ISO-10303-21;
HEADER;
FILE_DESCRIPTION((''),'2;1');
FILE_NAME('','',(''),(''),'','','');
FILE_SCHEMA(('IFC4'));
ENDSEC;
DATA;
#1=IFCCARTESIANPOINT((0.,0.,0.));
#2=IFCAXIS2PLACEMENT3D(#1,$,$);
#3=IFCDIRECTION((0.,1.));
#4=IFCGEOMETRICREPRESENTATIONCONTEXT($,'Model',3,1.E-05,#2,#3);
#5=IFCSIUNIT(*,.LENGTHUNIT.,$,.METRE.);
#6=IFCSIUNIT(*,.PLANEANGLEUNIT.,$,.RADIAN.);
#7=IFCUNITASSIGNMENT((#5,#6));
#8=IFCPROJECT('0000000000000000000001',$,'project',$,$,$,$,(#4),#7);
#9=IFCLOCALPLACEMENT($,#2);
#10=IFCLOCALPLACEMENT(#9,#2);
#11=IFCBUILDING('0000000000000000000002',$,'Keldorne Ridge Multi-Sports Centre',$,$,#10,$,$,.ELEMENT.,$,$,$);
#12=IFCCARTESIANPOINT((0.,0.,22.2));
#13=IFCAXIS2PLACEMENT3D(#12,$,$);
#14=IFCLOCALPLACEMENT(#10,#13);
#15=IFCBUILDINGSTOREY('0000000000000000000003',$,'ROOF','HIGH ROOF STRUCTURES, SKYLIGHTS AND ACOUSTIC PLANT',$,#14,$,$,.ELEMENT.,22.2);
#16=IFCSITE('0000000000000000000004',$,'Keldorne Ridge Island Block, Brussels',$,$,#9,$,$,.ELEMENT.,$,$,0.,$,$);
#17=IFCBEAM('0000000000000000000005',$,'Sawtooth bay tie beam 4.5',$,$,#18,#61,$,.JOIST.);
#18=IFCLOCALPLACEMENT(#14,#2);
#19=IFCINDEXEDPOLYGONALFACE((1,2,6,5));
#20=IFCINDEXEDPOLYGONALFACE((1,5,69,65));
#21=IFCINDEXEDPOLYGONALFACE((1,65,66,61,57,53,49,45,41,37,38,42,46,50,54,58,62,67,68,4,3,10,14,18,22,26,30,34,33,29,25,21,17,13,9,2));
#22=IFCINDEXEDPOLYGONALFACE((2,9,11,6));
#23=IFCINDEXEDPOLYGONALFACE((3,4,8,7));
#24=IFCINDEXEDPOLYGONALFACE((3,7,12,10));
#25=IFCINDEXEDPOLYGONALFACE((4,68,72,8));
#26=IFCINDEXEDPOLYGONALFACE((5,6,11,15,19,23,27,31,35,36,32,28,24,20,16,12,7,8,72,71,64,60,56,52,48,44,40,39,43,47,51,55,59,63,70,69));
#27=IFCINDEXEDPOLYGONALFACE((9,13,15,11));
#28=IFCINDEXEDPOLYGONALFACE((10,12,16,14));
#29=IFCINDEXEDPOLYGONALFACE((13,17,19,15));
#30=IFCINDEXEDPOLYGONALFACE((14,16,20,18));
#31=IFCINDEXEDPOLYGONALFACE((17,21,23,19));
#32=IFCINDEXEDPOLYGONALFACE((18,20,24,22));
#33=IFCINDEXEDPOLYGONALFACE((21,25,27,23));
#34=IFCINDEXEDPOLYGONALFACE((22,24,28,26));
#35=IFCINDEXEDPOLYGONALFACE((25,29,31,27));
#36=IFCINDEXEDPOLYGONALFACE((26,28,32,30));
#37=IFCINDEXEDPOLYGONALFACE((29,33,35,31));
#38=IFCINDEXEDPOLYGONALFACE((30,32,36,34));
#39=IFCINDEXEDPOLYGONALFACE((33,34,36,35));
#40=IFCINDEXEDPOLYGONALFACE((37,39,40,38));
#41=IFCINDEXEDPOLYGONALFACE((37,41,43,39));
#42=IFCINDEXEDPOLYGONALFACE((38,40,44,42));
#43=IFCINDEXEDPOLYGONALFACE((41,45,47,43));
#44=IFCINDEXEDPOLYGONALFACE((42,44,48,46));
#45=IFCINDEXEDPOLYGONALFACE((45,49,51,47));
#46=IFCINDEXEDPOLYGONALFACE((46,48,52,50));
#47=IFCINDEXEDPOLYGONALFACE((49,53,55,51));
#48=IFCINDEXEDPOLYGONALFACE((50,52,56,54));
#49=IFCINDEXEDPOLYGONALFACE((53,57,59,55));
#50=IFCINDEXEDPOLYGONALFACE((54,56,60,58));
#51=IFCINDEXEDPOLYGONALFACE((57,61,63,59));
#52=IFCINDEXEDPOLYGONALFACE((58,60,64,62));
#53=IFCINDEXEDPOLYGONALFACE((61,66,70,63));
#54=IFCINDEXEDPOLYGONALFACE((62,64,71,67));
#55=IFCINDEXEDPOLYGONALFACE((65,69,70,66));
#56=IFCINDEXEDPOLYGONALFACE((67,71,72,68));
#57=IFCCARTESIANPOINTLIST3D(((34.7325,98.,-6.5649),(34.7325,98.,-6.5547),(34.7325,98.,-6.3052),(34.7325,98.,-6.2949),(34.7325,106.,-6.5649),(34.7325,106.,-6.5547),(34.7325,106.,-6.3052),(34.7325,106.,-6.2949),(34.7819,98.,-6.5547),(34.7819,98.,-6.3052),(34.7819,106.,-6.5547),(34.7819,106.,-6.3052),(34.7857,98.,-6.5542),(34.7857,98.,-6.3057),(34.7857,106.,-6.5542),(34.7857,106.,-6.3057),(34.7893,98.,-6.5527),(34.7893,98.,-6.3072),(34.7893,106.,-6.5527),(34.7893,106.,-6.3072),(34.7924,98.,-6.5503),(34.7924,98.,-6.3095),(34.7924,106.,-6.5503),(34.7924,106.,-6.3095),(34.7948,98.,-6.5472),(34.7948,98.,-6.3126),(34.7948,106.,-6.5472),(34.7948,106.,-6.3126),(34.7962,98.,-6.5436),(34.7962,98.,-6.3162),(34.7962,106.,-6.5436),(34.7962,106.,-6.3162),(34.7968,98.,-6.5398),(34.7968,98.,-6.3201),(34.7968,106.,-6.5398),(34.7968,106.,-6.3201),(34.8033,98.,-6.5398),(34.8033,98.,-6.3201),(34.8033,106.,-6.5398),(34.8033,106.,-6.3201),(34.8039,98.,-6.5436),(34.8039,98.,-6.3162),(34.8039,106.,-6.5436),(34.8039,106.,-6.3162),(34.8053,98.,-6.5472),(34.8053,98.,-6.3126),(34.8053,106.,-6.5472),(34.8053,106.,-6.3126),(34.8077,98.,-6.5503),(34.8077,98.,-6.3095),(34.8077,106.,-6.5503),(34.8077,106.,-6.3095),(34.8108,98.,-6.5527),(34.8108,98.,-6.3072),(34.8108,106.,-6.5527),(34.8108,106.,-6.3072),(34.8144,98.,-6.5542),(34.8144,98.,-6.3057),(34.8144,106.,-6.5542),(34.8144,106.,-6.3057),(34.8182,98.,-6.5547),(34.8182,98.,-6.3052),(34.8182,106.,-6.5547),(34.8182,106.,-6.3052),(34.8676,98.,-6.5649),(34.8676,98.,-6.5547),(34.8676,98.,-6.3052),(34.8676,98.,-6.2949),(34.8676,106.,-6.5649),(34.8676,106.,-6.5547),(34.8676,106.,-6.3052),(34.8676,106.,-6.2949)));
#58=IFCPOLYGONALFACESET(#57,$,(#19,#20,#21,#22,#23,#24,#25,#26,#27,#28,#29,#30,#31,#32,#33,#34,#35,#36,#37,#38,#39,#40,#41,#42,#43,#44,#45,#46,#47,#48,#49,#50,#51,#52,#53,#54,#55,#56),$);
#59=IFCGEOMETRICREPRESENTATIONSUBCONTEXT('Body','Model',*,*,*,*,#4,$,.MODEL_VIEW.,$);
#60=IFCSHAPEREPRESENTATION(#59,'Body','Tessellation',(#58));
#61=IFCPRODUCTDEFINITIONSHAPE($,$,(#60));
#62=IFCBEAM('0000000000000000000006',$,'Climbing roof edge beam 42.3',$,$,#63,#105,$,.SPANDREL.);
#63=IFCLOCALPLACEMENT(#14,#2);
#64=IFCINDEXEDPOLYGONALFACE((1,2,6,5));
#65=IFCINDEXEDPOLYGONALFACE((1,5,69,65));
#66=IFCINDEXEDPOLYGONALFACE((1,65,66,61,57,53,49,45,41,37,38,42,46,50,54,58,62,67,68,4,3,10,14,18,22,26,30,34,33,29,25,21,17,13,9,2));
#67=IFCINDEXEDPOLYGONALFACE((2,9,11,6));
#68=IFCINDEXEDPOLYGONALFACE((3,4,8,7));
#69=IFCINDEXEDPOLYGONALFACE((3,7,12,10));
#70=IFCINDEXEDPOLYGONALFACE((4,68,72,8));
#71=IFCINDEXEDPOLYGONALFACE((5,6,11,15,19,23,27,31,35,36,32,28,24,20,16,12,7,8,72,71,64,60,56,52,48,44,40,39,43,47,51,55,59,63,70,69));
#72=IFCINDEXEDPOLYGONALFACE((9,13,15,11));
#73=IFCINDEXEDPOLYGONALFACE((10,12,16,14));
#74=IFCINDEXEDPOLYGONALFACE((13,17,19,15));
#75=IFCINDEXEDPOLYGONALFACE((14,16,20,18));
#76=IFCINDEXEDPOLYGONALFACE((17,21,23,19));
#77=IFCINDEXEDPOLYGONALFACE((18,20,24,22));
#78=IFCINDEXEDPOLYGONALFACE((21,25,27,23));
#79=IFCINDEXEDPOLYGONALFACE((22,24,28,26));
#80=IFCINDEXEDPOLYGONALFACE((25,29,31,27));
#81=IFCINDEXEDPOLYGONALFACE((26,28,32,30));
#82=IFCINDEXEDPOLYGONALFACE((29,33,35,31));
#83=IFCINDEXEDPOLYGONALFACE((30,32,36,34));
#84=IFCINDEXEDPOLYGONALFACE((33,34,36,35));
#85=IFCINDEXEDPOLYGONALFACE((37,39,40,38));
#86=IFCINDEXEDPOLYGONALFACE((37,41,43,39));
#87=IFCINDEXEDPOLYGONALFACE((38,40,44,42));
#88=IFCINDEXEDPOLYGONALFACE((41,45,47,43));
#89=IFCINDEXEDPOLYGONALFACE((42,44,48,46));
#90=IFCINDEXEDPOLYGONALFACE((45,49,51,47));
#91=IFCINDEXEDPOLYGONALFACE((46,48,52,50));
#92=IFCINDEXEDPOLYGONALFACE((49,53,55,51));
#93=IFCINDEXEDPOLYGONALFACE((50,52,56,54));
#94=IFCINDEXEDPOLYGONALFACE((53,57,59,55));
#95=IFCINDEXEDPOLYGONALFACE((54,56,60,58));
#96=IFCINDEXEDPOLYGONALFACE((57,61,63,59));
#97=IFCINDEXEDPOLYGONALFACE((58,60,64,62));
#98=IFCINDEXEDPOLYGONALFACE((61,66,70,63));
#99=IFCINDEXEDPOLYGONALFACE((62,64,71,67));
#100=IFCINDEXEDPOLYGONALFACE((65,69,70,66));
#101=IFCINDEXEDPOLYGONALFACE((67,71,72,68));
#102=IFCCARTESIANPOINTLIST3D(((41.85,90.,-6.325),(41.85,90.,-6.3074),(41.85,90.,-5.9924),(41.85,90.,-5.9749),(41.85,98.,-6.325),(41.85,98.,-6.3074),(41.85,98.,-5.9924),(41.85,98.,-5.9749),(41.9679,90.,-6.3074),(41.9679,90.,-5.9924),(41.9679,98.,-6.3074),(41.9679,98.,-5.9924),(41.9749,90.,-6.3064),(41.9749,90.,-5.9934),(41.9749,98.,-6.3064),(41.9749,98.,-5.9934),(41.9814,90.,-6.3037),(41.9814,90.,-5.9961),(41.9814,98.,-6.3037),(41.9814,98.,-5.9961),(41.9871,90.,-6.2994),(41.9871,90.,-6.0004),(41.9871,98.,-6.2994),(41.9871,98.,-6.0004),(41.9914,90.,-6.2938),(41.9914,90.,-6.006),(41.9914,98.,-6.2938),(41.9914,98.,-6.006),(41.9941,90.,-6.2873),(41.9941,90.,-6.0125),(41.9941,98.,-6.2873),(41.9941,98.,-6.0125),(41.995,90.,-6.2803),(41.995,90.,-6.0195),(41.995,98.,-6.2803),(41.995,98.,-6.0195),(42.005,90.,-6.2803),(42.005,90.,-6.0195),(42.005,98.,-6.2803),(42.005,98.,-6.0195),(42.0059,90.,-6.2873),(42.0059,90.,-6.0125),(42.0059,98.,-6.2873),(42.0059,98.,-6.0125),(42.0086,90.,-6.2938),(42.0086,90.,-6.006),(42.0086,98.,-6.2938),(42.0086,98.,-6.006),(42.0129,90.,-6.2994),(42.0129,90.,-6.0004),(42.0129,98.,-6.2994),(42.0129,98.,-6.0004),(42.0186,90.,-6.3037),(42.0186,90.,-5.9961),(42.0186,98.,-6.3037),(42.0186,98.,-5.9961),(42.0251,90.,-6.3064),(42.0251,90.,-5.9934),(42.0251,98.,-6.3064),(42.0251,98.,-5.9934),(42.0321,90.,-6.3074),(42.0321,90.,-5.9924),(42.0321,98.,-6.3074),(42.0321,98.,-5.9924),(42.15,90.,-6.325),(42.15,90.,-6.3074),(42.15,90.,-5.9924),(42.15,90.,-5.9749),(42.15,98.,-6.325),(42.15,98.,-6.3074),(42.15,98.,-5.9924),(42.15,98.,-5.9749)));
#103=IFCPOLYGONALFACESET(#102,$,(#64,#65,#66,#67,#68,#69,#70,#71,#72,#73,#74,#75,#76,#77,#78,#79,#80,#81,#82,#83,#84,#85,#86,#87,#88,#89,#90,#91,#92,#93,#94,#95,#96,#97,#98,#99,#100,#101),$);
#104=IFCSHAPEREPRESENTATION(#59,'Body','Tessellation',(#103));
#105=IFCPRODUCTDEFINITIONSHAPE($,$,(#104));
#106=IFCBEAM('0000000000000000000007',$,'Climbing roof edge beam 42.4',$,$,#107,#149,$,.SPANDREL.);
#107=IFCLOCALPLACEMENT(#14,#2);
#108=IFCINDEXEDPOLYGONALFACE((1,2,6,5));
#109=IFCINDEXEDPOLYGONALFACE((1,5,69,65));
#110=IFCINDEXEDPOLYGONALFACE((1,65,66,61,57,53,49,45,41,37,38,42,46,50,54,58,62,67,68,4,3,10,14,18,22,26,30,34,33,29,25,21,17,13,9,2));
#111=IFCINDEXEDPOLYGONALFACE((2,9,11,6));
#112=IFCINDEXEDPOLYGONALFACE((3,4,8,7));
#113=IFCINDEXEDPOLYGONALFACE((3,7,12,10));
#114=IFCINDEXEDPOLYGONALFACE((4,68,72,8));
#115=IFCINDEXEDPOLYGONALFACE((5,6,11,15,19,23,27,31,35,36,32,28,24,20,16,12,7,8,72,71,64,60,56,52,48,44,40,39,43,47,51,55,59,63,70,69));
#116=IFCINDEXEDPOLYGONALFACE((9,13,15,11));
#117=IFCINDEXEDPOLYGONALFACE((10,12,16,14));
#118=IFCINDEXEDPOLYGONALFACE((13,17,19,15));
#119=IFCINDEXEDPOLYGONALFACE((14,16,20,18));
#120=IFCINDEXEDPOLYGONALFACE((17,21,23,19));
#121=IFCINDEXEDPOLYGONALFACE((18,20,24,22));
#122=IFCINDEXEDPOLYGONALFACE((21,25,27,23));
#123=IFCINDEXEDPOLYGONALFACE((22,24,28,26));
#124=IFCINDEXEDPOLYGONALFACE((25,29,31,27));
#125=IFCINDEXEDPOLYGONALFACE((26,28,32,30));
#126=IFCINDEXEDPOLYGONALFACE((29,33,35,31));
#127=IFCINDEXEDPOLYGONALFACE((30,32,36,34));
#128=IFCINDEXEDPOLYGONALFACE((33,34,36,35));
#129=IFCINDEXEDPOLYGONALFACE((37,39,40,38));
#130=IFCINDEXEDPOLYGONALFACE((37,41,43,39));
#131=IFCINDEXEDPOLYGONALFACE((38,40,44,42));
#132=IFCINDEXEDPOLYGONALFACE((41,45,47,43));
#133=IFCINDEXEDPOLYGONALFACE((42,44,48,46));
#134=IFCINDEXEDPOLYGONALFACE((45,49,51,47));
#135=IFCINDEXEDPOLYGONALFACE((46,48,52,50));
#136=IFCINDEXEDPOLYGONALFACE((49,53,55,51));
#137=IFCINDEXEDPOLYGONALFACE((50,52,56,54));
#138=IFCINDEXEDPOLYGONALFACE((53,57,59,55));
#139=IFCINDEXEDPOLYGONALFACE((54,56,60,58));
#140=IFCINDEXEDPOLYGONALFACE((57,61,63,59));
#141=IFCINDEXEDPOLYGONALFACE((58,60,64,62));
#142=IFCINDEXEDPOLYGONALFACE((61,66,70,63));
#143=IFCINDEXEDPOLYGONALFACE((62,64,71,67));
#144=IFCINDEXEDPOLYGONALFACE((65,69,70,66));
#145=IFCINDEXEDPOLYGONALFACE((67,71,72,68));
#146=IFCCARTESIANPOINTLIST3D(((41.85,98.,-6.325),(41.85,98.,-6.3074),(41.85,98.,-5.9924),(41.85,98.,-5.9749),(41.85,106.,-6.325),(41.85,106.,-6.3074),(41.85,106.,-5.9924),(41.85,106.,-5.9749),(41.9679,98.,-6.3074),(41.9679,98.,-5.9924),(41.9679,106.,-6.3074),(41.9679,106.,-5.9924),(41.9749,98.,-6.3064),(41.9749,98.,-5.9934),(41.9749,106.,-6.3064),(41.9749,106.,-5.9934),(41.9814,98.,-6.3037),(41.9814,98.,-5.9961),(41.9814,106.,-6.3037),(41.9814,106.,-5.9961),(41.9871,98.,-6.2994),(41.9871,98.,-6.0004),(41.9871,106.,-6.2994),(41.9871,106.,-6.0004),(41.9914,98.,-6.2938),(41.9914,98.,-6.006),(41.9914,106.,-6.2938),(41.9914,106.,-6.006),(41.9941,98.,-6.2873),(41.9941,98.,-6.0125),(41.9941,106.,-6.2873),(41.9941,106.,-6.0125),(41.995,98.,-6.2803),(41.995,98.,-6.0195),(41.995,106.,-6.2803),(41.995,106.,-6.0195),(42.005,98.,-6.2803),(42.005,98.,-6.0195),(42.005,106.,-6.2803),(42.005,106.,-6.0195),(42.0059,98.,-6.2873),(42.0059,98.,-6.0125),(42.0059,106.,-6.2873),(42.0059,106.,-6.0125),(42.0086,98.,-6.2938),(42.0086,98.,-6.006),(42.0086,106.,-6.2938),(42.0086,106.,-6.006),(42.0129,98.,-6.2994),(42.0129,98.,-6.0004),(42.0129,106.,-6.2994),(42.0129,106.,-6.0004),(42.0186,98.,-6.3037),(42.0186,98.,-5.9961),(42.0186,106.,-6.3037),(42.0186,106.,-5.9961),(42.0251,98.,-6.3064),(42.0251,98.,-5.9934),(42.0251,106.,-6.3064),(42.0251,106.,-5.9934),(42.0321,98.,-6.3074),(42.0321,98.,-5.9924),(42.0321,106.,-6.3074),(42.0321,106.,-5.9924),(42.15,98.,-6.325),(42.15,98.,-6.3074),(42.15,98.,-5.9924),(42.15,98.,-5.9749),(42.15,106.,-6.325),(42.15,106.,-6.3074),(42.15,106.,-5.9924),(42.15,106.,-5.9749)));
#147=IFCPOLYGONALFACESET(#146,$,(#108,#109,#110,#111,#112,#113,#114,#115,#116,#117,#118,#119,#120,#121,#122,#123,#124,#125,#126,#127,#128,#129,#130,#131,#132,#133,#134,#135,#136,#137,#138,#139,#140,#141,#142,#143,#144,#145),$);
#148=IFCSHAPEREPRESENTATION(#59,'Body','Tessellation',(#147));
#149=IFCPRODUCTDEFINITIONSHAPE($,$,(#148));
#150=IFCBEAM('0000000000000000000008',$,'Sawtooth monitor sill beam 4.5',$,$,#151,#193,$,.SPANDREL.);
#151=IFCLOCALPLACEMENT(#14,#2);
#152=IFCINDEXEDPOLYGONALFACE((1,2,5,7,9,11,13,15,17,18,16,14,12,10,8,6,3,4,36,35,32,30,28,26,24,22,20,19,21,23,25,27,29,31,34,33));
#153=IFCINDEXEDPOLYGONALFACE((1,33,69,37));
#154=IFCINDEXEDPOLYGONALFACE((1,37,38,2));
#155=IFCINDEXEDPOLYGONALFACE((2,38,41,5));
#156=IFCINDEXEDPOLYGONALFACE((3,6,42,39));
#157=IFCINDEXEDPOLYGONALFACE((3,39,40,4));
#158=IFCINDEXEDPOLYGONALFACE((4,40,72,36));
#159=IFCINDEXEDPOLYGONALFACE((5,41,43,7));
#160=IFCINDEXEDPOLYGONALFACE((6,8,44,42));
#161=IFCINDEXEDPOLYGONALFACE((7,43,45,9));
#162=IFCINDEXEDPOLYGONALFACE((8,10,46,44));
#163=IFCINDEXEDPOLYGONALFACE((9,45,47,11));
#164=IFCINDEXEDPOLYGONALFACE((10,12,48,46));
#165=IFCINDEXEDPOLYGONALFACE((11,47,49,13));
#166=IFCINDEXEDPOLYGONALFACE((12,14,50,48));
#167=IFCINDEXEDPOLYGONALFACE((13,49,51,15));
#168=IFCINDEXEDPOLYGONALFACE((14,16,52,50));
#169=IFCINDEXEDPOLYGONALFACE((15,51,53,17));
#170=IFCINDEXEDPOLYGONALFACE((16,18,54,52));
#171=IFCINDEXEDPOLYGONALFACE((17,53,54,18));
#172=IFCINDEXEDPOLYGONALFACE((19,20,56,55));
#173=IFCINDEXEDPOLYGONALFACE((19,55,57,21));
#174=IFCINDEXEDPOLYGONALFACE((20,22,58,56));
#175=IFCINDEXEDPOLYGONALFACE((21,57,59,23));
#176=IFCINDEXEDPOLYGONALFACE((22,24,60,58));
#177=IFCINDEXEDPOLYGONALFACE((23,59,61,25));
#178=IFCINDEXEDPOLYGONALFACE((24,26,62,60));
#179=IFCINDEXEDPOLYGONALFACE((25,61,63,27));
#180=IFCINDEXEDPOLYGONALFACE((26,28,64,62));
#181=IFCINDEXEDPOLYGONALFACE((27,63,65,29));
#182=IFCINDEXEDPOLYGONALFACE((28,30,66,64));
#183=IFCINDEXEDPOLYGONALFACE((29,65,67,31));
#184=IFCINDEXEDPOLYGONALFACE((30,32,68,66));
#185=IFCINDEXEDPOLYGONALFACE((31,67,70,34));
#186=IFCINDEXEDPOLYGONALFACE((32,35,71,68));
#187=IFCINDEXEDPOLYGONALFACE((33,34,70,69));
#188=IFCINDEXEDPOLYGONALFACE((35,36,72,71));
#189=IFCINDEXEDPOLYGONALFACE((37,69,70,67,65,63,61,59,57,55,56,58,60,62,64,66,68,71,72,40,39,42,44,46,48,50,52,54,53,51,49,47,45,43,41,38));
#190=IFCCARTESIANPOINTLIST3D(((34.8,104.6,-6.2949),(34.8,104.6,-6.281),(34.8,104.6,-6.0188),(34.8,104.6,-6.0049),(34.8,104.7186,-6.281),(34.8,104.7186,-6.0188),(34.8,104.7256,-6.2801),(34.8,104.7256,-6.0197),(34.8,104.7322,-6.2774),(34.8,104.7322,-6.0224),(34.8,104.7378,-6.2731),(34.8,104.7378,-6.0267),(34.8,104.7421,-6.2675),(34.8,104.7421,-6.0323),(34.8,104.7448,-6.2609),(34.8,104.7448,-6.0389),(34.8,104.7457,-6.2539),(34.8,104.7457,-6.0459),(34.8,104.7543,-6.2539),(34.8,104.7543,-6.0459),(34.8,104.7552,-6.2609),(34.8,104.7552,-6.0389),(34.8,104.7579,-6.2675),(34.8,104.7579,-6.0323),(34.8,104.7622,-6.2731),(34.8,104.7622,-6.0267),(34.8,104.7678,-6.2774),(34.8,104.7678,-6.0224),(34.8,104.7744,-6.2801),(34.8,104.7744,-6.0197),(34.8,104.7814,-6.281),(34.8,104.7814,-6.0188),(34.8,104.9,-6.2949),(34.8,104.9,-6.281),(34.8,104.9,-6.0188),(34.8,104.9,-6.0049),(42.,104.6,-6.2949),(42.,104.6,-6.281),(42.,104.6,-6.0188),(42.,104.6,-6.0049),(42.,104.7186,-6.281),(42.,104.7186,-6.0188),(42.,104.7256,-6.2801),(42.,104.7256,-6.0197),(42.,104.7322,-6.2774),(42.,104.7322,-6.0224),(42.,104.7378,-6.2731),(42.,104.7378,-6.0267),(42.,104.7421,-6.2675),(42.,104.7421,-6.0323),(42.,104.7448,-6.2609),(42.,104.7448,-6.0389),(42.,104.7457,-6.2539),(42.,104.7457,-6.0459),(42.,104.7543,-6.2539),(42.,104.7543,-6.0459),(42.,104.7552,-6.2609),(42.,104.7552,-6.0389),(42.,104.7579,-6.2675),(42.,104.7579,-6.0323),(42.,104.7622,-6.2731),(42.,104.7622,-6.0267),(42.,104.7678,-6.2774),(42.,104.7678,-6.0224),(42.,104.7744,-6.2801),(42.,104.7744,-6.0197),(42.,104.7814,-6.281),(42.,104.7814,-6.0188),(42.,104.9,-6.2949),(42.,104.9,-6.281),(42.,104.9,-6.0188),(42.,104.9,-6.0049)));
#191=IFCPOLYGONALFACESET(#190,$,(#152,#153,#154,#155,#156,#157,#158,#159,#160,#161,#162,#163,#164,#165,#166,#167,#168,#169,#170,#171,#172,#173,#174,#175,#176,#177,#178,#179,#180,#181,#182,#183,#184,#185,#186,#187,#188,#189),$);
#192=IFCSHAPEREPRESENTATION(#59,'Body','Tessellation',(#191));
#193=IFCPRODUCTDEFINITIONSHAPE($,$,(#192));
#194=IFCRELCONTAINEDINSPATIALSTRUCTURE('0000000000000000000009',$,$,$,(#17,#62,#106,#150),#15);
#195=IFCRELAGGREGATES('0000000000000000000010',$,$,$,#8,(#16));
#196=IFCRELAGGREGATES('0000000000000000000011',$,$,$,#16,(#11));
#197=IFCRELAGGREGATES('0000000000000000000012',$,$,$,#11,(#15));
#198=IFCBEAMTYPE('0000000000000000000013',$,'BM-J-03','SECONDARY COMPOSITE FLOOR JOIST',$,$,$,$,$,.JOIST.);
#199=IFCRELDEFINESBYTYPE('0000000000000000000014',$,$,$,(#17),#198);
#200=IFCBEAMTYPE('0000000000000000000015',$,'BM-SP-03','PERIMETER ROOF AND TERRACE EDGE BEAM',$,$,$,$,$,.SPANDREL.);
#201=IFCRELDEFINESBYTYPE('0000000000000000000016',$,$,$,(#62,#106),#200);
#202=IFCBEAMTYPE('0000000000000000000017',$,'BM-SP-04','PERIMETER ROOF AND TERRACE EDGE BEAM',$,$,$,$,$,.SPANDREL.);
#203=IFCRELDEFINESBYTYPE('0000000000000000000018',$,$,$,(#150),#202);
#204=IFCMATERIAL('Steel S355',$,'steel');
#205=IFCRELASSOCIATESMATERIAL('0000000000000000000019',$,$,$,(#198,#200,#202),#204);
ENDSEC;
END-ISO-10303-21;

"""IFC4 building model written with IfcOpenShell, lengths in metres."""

from ifc_helpers import new_model, si_unit, direction, frame, origin, origin_2d, place, context, subcontext, project, spatial, i_section, extrude, material, material_profile, profile_set, type_object, element, save


model = new_model("IFC4")

# Units and contexts
model_context = context("Model", 3, precision=1e-05, world=origin(), true_north=direction((0.0, 1.0)))
body_context = subcontext(model_context, "Body", "Model", "MODEL_VIEW")
ifc_project = project(units=[si_unit("LENGTHUNIT", "METRE"), si_unit("PLANEANGLEUNIT", "RADIAN")], contexts=[model_context])

# Site, building, storey
site_placement = place(None, origin())
site = spatial("IfcSite", under=ifc_project, at=site_placement, Name="Keldorne Ridge Island Block, Brussels", CompositionType="ELEMENT", RefElevation=0.0)
building_placement = place(site_placement, origin())
building = spatial("IfcBuilding", under=site, at=building_placement, Name="Keldorne Ridge Multi-Sports Centre", CompositionType="ELEMENT")
storey_placement = place(building_placement, frame((0.0, 0.0, 22.2)))
storey = spatial("IfcBuildingStorey", under=building, at=storey_placement, Name="ROOF", Description="HIGH ROOF STRUCTURES, SKYLIGHTS AND ACOUSTIC PLANT", CompositionType="ELEMENT", Elevation=22.2)

# Beams
ifc_material_1 = material(Name="Steel S355", Category="steel")
ifc_material_profile_1 = material_profile(ifc_material_1, i_section(OverallWidth=0.135, OverallDepth=0.27, WebThickness=0.0066, FlangeThickness=0.0103, FilletRadius=0.0149, at=origin_2d()), Name="IPE 270")
ifc_profile_set_1 = profile_set([ifc_material_profile_1], Name="Steel S355")
beam_type_1 = type_object("IfcBeamType", Name="BM-J-03", Description="SECONDARY COMPOSITE FLOOR JOIST", PredefinedType="JOIST", material=ifc_profile_set_1)
beam_1_placement = place(storey_placement, frame((34.8, 98.0, -6.4299), z_axis=(0.0, 1.0, 0.0), x_axis=(-1.0, 0.0, 0.0)))
element("IfcBeam", 1, at=beam_1_placement, inside=storey, type_object=beam_type_1, Name="Sawtooth bay tie beam 4.5", PredefinedType="JOIST", context=body_context, shape_type="SweptSolid", body=[
    extrude(i_section(OverallWidth=0.135, OverallDepth=0.27, WebThickness=0.0066, FlangeThickness=0.0103, FilletRadius=0.0149, at=origin_2d()), origin(), (0.0, 0.0, 1.0), 8.0),
])
ifc_material_profile_2 = material_profile(ifc_material_1, i_section(OverallWidth=0.3, OverallDepth=0.3501, WebThickness=0.01, FlangeThickness=0.0176, FilletRadius=0.0271, at=origin_2d()), Name="HEA 360")
ifc_profile_set_2 = profile_set([ifc_material_profile_2], Name="Steel S355")
beam_type_2 = type_object("IfcBeamType", Name="BM-SP-03", Description="PERIMETER ROOF AND TERRACE EDGE BEAM", PredefinedType="SPANDREL", material=ifc_profile_set_2)
for number, where, z_axis, x_axis, name in (
    (2, (42.0, 90.0, -6.1499), (0.0, 1.0, 0.0), (-1.0, 0.0, 0.0), "Climbing roof edge beam 42.3"),
    (3, (42.0, 98.0, -6.1499), (0.0, 1.0, 0.0), (-1.0, 0.0, 0.0), "Climbing roof edge beam 42.4"),
):
    element("IfcBeam", number, at=place(storey_placement, frame(where, z_axis=z_axis, x_axis=x_axis)), inside=storey, type_object=beam_type_2, Name=name, PredefinedType="SPANDREL", context=body_context, shape_type="SweptSolid", body=[
        extrude(i_section(OverallWidth=0.3, OverallDepth=0.3501, WebThickness=0.01, FlangeThickness=0.0176, FilletRadius=0.0271, at=origin_2d()), origin(), (0.0, 0.0, 1.0), 8.0),
    ])
ifc_material_profile_3 = material_profile(ifc_material_1, i_section(OverallWidth=0.3, OverallDepth=0.29, WebThickness=0.0085, FlangeThickness=0.0139, FilletRadius=0.0271, at=origin_2d()), Name="HEA 300")
ifc_profile_set_3 = profile_set([ifc_material_profile_3], Name="Steel S355")
beam_type_3 = type_object("IfcBeamType", Name="BM-SP-04", Description="PERIMETER ROOF AND TERRACE EDGE BEAM", PredefinedType="SPANDREL", material=ifc_profile_set_3)
beam_2_placement = place(storey_placement, frame((34.8, 104.75, -6.1499), z_axis=(1.0, 0.0, 0.0), x_axis=(0.0, 1.0, 0.0)))
element("IfcBeam", 4, at=beam_2_placement, inside=storey, type_object=beam_type_3, Name="Sawtooth monitor sill beam 4.5", PredefinedType="SPANDREL", context=body_context, shape_type="SweptSolid", body=[
    extrude(i_section(OverallWidth=0.3, OverallDepth=0.29, WebThickness=0.0085, FlangeThickness=0.0139, FilletRadius=0.0271, at=origin_2d()), origin(), (0.0, 0.0, 1.0), 7.2),
])

save(model, "model.ifc")
